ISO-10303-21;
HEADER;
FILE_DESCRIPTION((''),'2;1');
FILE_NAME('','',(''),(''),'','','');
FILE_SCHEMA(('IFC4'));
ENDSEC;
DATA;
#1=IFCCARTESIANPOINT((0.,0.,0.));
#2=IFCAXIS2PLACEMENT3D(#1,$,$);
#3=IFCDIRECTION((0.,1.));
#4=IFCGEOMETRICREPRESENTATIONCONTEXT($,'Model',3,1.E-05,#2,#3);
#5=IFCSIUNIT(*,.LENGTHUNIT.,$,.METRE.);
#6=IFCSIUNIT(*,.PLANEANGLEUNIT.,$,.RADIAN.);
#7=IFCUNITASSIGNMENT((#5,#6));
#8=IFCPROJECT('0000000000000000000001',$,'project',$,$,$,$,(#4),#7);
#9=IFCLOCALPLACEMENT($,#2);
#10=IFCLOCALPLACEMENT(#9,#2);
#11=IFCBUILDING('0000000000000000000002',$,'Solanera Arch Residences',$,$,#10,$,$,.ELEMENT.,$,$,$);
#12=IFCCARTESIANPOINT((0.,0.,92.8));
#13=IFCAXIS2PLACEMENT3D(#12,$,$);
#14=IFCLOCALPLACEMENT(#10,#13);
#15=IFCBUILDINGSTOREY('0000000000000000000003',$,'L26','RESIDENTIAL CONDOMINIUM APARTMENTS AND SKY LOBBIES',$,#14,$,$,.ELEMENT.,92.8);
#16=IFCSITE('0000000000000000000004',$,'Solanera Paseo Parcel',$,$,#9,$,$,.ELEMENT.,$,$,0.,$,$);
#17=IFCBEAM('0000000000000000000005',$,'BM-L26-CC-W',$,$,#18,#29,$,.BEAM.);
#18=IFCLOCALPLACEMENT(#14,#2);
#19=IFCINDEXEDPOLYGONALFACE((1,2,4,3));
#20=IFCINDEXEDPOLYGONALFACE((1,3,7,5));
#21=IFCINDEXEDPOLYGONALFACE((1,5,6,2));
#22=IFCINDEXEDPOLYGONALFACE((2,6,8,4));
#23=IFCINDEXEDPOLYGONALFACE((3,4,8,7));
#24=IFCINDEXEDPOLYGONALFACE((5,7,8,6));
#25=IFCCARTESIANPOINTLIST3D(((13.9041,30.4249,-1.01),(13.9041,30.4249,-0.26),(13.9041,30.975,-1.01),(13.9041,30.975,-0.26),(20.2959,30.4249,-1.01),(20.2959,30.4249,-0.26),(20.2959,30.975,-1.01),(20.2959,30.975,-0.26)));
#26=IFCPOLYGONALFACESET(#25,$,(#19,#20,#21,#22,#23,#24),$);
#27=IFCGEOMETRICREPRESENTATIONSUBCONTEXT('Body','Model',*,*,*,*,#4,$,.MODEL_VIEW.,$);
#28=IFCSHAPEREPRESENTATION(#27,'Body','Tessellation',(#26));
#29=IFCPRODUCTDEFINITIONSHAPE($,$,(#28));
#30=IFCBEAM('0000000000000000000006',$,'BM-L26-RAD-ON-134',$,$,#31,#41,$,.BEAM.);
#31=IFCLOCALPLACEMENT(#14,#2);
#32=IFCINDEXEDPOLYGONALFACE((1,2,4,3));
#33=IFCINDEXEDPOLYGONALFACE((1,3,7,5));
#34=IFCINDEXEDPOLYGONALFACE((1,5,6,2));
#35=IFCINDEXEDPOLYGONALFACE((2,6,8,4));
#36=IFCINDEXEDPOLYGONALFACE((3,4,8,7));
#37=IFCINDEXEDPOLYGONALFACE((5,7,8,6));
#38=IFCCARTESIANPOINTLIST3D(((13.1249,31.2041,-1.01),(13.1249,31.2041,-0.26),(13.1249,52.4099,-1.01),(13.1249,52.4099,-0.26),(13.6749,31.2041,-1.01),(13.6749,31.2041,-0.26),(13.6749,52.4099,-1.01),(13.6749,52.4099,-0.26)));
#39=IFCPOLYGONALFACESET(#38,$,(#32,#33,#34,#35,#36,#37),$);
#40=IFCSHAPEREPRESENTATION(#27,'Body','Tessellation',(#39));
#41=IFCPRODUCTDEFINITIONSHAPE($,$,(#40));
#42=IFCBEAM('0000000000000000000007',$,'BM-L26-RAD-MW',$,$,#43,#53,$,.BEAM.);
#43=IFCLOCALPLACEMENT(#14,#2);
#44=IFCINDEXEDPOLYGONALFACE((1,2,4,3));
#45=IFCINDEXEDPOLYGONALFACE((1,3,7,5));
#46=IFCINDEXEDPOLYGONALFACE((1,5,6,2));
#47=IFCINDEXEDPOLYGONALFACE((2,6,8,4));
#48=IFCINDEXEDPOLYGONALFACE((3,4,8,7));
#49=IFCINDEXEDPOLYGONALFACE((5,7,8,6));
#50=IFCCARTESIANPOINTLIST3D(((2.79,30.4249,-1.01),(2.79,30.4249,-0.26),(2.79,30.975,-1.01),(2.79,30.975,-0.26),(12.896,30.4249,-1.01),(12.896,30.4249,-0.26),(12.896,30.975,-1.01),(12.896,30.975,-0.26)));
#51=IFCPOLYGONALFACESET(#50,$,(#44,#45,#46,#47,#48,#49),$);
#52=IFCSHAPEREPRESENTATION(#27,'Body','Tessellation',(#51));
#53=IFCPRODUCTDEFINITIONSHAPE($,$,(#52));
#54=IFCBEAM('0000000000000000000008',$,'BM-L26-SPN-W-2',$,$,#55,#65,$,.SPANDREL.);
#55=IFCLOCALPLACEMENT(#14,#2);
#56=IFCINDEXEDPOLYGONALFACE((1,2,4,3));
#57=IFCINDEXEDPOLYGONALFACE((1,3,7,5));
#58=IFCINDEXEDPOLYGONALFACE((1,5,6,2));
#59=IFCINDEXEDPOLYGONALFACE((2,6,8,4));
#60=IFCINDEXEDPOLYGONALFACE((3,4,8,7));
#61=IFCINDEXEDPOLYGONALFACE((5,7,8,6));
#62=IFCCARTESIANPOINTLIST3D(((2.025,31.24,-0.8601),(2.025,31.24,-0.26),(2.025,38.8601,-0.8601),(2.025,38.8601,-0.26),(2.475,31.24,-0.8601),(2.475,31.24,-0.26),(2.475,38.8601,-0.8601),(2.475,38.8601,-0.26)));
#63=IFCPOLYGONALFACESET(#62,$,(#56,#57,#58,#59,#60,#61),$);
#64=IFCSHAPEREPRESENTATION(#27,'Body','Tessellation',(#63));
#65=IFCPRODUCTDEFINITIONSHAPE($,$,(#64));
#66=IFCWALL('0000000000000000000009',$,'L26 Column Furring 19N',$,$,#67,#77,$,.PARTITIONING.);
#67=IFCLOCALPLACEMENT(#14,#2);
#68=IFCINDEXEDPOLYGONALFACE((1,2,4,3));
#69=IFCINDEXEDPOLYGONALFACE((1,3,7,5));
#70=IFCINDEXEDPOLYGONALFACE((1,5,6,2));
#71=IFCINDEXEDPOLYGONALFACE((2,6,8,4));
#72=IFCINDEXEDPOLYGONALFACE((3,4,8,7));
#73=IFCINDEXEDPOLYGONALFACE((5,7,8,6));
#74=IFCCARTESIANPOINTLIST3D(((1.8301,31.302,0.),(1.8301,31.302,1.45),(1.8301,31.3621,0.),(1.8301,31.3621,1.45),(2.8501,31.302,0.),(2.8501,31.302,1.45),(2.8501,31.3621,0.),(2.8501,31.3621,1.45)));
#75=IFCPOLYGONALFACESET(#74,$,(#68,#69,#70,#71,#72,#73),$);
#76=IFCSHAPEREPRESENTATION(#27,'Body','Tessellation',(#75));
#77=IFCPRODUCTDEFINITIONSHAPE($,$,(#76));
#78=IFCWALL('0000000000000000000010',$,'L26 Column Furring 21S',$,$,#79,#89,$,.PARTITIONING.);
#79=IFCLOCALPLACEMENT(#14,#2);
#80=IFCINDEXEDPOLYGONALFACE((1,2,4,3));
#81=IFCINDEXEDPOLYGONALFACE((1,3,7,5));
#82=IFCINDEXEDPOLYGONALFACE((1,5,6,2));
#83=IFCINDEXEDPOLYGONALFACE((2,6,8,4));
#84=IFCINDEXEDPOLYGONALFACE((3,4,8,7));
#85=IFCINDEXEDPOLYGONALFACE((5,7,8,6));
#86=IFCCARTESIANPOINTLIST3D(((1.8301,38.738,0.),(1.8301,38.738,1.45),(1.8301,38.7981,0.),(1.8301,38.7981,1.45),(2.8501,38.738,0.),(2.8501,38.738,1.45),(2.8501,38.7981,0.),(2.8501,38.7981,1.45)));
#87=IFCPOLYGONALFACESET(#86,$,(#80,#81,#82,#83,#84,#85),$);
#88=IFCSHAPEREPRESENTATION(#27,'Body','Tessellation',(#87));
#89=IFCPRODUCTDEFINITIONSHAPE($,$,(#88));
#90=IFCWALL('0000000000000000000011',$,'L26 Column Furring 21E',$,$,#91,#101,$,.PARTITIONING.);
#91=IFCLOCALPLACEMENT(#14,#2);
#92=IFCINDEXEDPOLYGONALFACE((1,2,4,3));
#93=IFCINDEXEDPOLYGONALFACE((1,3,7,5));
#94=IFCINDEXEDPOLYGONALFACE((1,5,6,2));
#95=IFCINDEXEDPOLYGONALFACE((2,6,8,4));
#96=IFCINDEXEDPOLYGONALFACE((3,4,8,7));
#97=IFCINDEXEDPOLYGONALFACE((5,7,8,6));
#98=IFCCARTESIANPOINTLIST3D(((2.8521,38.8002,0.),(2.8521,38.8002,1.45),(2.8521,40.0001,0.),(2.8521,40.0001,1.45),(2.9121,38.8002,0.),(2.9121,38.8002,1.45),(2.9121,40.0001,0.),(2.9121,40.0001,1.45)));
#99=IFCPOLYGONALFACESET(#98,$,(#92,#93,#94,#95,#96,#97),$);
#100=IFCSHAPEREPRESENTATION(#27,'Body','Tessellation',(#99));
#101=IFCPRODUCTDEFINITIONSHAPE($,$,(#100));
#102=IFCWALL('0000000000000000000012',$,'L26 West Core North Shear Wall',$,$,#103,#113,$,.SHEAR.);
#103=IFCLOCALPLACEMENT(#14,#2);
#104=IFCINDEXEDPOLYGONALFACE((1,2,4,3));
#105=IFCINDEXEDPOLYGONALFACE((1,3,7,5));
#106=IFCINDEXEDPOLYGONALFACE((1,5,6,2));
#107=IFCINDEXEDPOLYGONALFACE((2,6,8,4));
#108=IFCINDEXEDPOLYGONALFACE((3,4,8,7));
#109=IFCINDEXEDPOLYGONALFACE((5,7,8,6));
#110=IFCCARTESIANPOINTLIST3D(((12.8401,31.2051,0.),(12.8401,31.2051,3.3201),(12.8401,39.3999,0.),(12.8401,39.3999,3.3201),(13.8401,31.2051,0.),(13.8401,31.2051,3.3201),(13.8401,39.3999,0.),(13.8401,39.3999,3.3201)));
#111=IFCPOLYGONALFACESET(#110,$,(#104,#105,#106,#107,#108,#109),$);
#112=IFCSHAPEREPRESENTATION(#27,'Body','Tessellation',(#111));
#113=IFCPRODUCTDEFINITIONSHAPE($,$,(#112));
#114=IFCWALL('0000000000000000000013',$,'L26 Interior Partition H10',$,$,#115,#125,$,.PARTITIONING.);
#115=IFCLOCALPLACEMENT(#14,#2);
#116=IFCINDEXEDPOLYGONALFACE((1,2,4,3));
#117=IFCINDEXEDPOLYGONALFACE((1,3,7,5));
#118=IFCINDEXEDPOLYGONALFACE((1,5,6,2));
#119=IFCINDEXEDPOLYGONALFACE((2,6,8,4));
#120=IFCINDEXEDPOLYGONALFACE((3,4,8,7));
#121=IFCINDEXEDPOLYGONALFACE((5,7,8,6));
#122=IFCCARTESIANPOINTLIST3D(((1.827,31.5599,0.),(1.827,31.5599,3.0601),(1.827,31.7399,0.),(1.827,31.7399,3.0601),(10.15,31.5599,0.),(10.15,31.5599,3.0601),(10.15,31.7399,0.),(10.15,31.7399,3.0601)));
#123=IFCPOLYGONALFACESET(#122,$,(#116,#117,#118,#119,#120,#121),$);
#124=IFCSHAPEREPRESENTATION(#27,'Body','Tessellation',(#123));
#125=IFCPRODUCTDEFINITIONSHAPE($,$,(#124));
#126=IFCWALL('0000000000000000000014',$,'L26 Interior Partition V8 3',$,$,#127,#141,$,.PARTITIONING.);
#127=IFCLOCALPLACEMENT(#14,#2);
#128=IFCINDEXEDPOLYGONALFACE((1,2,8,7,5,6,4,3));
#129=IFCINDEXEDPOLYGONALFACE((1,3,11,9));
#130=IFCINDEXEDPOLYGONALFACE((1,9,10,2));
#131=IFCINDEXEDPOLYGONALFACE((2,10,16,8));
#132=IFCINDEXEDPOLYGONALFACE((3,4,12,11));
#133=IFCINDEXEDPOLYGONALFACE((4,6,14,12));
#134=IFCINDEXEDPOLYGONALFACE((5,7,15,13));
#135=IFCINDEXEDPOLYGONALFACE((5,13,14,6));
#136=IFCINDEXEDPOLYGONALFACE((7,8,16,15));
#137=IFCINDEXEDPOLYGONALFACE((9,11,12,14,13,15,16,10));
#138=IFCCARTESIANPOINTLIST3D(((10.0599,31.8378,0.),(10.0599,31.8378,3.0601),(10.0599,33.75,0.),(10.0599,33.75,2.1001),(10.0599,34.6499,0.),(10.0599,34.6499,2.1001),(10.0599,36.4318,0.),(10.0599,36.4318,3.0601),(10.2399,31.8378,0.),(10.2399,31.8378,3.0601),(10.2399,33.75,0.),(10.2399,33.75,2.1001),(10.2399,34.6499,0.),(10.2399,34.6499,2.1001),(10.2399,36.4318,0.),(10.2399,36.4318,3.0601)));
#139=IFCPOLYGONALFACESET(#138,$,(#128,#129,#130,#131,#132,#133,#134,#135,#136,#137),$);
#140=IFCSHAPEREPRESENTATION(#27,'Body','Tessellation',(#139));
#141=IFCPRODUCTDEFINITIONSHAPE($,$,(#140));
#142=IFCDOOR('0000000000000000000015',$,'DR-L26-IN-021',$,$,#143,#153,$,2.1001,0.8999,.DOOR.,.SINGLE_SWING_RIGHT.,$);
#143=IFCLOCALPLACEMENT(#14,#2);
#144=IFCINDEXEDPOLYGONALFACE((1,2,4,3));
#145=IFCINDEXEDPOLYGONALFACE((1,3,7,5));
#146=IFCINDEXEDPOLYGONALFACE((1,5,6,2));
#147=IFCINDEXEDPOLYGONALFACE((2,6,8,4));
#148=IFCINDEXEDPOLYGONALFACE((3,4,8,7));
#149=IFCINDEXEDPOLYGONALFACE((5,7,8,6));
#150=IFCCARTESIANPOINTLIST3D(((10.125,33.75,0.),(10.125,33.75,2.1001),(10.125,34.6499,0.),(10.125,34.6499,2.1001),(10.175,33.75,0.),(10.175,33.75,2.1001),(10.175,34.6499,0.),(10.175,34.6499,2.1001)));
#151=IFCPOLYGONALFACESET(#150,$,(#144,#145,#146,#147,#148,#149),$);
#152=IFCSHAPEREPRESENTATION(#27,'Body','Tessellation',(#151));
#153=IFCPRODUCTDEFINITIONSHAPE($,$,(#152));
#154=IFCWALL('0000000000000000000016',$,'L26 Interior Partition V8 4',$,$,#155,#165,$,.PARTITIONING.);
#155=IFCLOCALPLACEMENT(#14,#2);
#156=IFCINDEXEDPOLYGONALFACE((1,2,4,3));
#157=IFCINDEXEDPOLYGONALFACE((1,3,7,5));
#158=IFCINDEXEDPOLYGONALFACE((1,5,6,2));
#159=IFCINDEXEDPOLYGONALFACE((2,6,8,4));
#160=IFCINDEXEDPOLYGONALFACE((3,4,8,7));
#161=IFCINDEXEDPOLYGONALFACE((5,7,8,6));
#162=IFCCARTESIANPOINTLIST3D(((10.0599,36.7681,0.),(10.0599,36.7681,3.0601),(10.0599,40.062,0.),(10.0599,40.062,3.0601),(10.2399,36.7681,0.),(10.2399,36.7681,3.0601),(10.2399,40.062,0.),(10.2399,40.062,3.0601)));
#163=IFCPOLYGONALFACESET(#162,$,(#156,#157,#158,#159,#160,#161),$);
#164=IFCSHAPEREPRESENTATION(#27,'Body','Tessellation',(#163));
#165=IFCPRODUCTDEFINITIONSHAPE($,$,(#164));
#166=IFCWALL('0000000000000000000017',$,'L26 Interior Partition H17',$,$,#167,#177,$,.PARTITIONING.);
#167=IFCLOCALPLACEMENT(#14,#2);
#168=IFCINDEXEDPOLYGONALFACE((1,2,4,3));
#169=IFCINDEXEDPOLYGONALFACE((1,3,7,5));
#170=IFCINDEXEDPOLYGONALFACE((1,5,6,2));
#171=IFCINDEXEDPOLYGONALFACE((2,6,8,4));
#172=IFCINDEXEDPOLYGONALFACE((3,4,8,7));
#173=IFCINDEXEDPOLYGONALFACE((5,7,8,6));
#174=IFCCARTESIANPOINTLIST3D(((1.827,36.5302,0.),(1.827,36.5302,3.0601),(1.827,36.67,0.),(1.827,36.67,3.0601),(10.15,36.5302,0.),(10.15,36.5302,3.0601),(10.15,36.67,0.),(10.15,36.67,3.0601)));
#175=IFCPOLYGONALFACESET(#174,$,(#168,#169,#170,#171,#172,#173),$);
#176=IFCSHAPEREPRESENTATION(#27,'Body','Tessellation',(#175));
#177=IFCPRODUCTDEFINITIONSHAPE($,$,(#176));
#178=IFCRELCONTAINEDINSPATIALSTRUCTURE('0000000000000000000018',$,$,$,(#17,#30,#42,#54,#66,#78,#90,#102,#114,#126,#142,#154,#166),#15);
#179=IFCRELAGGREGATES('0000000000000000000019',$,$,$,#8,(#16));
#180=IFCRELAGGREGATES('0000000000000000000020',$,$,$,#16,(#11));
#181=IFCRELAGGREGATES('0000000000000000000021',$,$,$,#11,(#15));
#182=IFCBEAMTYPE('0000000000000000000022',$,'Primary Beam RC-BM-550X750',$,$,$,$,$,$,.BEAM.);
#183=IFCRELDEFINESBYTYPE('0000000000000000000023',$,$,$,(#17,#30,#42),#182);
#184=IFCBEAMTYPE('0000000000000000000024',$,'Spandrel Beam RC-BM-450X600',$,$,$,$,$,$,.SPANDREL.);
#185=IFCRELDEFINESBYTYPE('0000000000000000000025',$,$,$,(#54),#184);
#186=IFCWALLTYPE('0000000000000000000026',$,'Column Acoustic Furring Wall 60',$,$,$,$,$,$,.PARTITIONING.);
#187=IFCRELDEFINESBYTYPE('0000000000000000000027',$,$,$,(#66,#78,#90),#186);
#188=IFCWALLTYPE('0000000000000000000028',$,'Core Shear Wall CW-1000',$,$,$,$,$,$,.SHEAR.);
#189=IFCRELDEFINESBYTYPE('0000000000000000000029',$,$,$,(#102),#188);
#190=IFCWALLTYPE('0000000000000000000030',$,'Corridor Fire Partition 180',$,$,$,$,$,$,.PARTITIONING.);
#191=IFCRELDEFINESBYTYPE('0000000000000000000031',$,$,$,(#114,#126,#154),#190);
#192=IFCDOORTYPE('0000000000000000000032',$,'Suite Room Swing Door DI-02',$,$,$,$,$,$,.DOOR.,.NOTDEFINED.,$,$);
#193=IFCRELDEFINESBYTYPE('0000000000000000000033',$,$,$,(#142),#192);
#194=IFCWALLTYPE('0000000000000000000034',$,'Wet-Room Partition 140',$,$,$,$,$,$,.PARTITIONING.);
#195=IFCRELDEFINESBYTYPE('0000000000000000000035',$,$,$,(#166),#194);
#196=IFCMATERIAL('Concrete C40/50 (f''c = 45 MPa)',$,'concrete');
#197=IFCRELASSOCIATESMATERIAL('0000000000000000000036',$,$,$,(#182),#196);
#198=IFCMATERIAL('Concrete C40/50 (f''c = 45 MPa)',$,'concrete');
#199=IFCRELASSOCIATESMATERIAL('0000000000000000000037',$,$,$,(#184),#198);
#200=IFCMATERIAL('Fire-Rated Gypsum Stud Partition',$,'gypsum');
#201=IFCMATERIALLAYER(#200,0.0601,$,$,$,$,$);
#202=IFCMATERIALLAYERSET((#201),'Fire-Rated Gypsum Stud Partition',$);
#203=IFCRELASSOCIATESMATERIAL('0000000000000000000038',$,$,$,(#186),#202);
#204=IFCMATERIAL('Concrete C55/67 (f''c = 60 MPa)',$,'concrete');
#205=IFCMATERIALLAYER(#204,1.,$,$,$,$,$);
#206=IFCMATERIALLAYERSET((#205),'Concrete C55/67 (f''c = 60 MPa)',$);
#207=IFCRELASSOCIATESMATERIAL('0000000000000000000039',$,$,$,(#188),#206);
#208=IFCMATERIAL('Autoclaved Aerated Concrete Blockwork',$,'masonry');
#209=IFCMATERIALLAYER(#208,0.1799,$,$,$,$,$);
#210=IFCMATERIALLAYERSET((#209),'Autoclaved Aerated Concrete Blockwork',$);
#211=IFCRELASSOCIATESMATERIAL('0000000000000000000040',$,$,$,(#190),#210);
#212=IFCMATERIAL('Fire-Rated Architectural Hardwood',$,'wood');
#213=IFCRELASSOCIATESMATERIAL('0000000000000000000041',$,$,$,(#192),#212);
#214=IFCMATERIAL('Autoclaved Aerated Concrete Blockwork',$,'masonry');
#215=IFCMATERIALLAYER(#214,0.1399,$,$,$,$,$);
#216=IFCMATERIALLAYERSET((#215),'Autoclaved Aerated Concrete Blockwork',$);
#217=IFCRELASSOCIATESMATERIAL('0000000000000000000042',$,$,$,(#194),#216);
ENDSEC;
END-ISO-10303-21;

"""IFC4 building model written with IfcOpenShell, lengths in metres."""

from ifc_helpers import new_model, si_unit, direction, frame, frame_2d, origin, origin_2d, place, context, subcontext, project, spatial, rectangle, extrude, material, layer, layer_set, material_profile, profile_set, type_object, element, fill, save


model = new_model("IFC4")

# Units and contexts
model_context = context("Model", 3, precision=1e-05, world=origin(), true_north=direction((0.0, 1.0)))
body_context = subcontext(model_context, "Body", "Model", "MODEL_VIEW")
ifc_project = project(units=[si_unit("LENGTHUNIT", "METRE"), si_unit("PLANEANGLEUNIT", "RADIAN")], contexts=[model_context])

# Site, building, storey
site_placement = place(None, origin())
site = spatial("IfcSite", under=ifc_project, at=site_placement, Name="Solanera Paseo Parcel", CompositionType="ELEMENT", RefElevation=0.0)
building_placement = place(site_placement, origin())
building = spatial("IfcBuilding", under=site, at=building_placement, Name="Solanera Arch Residences", CompositionType="ELEMENT")
storey_placement = place(building_placement, frame((0.0, 0.0, 92.8)))
storey = spatial("IfcBuildingStorey", under=building, at=storey_placement, Name="L26", Description="RESIDENTIAL CONDOMINIUM APARTMENTS AND SKY LOBBIES", CompositionType="ELEMENT", Elevation=92.8)

# Beams
ifc_material_1 = material(Name="Concrete C40/50 (f'c = 45 MPa)", Category="concrete")
ifc_material_profile_1 = material_profile(ifc_material_1, rectangle(XDim=0.55, YDim=0.75, at=origin_2d()))
ifc_profile_set_1 = profile_set([ifc_material_profile_1], Name="Concrete C40/50 (f'c = 45 MPa)")
beam_type_1 = type_object("IfcBeamType", Name="Primary Beam RC-BM-550X750", PredefinedType="BEAM", material=ifc_profile_set_1)
beam_1_placement = place(storey_placement, frame((13.9041, 30.7, -0.635), z_axis=(1.0, 0.0, 0.0), x_axis=(0.0, 1.0, 0.0)))
element("IfcBeam", 1, at=beam_1_placement, inside=storey, type_object=beam_type_1, Name="BM-L26-CC-W", PredefinedType="BEAM", context=body_context, shape_type="SweptSolid", body=[
    extrude(rectangle(XDim=0.55, YDim=0.75, at=origin_2d()), origin(), (0.0, 0.0, 1.0), 6.3918),
])
beam_2_placement = place(storey_placement, frame((13.3999, 31.2041, -0.635), z_axis=(0.0, 1.0, 0.0), x_axis=(-1.0, 0.0, 0.0)))
element("IfcBeam", 2, at=beam_2_placement, inside=storey, type_object=beam_type_1, Name="BM-L26-RAD-ON-134", PredefinedType="BEAM", context=body_context, shape_type="SweptSolid", body=[
    extrude(rectangle(XDim=0.55, YDim=0.75, at=origin_2d()), origin(), (0.0, 0.0, 1.0), 21.2058),
])
beam_3_placement = place(storey_placement, frame((2.79, 30.7, -0.635), z_axis=(1.0, 0.0, 0.0), x_axis=(0.0, 1.0, 0.0)))
element("IfcBeam", 3, at=beam_3_placement, inside=storey, type_object=beam_type_1, Name="BM-L26-RAD-MW", PredefinedType="BEAM", context=body_context, shape_type="SweptSolid", body=[
    extrude(rectangle(XDim=0.55, YDim=0.75, at=origin_2d()), origin(), (0.0, 0.0, 1.0), 10.106),
])
ifc_material_2 = material(Name="Concrete C40/50 (f'c = 45 MPa)", Category="concrete")
ifc_material_profile_2 = material_profile(ifc_material_2, rectangle(XDim=0.45, YDim=0.6001, at=origin_2d()))
ifc_profile_set_2 = profile_set([ifc_material_profile_2], Name="Concrete C40/50 (f'c = 45 MPa)")
beam_type_2 = type_object("IfcBeamType", Name="Spandrel Beam RC-BM-450X600", PredefinedType="SPANDREL", material=ifc_profile_set_2)
beam_4_placement = place(storey_placement, frame((2.25, 31.24, -0.5601), z_axis=(0.0, 1.0, 0.0), x_axis=(-1.0, 0.0, 0.0)))
element("IfcBeam", 4, at=beam_4_placement, inside=storey, type_object=beam_type_2, Name="BM-L26-SPN-W-2", PredefinedType="SPANDREL", context=body_context, shape_type="SweptSolid", body=[
    extrude(rectangle(XDim=0.45, YDim=0.6001, at=origin_2d()), origin(), (0.0, 0.0, 1.0), 7.6201),
])

# Walls
ifc_material_3 = material(Name="Fire-Rated Gypsum Stud Partition", Category="gypsum")
ifc_layer_1 = layer(ifc_material_3, 0.0601)
ifc_layer_set_1 = layer_set([ifc_layer_1], Name="Fire-Rated Gypsum Stud Partition")
wall_type_1 = type_object("IfcWallType", Name="Column Acoustic Furring Wall 60", PredefinedType="PARTITIONING", material=ifc_layer_set_1)
for number, where, z_axis, x_axis, name in (
    (5, (1.8301, 31.332, 0.0), (0.0, 0.0, 1.0), (1.0, 0.0, 0.0), "L26 Column Furring 19N"),
    (6, (1.8301, 38.7681, 0.0), (0.0, 0.0, 1.0), (1.0, 0.0, 0.0), "L26 Column Furring 21S"),
):
    element("IfcWall", number, at=place(storey_placement, frame(where, z_axis=z_axis, x_axis=x_axis)), inside=storey, type_object=wall_type_1, Name=name, PredefinedType="PARTITIONING", context=body_context, shape_type="SweptSolid", body=[
        extrude(rectangle(XDim=1.02, YDim=0.0601, at=frame_2d((0.51, 0.0))), origin(), (0.0, 0.0, 1.0), 1.45),
    ])
wall_1_placement = place(storey_placement, frame((2.8821, 38.8, 0.0), z_axis=(0.0, 0.0, 1.0), x_axis=(0.0, 1.0, 0.0)))
element("IfcWall", 7, at=wall_1_placement, inside=storey, type_object=wall_type_1, Name="L26 Column Furring 21E", PredefinedType="PARTITIONING", context=body_context, shape_type="SweptSolid", body=[
    extrude(rectangle(XDim=1.2, YDim=0.0601, at=frame_2d((0.6001, 0.0))), origin(), (0.0, 0.0, 1.0), 1.45),
])
ifc_material_4 = material(Name="Concrete C55/67 (f'c = 60 MPa)", Category="concrete")
ifc_layer_2 = layer(ifc_material_4, 1.0)
ifc_layer_set_2 = layer_set([ifc_layer_2], Name="Concrete C55/67 (f'c = 60 MPa)")
wall_type_2 = type_object("IfcWallType", Name="Core Shear Wall CW-1000", PredefinedType="SHEAR", material=ifc_layer_set_2)
wall_2_placement = place(storey_placement, frame((13.3401, 31.2051, 0.0), z_axis=(0.0, 0.0, 1.0), x_axis=(0.0, 1.0, 0.0)))
element("IfcWall", 8, at=wall_2_placement, inside=storey, type_object=wall_type_2, Name="L26 West Core North Shear Wall", PredefinedType="SHEAR", context=body_context, shape_type="SweptSolid", body=[
    extrude(rectangle(XDim=8.1948, YDim=1.0, at=frame_2d((4.0974, 0.0))), origin(), (0.0, 0.0, 1.0), 3.3201),
])
ifc_material_5 = material(Name="Autoclaved Aerated Concrete Blockwork", Category="masonry")
ifc_layer_3 = layer(ifc_material_5, 0.1799)
ifc_layer_set_3 = layer_set([ifc_layer_3], Name="Autoclaved Aerated Concrete Blockwork")
wall_type_3 = type_object("IfcWallType", Name="Corridor Fire Partition 180", PredefinedType="PARTITIONING", material=ifc_layer_set_3)
wall_3_placement = place(storey_placement, frame((1.8269, 31.6499, 0.0), z_axis=(0.0, 0.0, 1.0), x_axis=(1.0, 0.0, 0.0)))
element("IfcWall", 9, at=wall_3_placement, inside=storey, type_object=wall_type_3, Name="L26 Interior Partition H10", PredefinedType="PARTITIONING", context=body_context, shape_type="SweptSolid", body=[
    extrude(rectangle(XDim=8.323, YDim=0.1799, at=frame_2d((4.1616, 0.0))), origin(), (0.0, 0.0, 1.0), 3.0601),
])

# Wall, opening, door
wall_4_placement = place(storey_placement, frame((10.1499, 31.8379, 0.0), z_axis=(0.0, 0.0, 1.0), x_axis=(0.0, 1.0, 0.0)))
wall_4 = element("IfcWall", 10, at=wall_4_placement, inside=storey, type_object=wall_type_3, Name="L26 Interior Partition V8 3", PredefinedType="PARTITIONING", context=body_context, shape_type="SweptSolid", body=[
    extrude(rectangle(XDim=4.594, YDim=0.1799, at=frame_2d((2.2969, 0.0))), origin(), (0.0, 0.0, 1.0), 3.0601),
])
opening_placement = place(wall_4_placement, frame((1.9121, 0.0, 0.0)))
opening = element("IfcOpeningElement", 11, at=opening_placement, cuts=wall_4, PredefinedType="OPENING", context=body_context, shape_type="SweptSolid", body=[
    extrude(rectangle(XDim=0.8999, YDim=2.1001, at=frame_2d((0.45, 1.05))), frame((0.0, 0.1001, 0.0), z_axis=(0.0, -1.0, 0.0), x_axis=(1.0, 0.0, 0.0)), (0.0, 0.0, 1.0), 0.1999),
])
ifc_material_6 = material(Name="Fire-Rated Architectural Hardwood", Category="wood")
door_type = type_object("IfcDoorType", Name="Suite Room Swing Door DI-02", OperationType="NOTDEFINED", PredefinedType="DOOR", material=ifc_material_6)
door_placement = place(opening_placement, origin())
door = element("IfcDoor", 12, at=door_placement, inside=storey, type_object=door_type, Name="DR-L26-IN-021", OperationType="SINGLE_SWING_RIGHT", OverallHeight=2.1001, OverallWidth=0.8999, PredefinedType="DOOR", context=body_context, shape_type="SweptSolid", body=[
    extrude(rectangle(XDim=0.8999, YDim=2.1001, at=frame_2d((0.45, 1.05))), frame((0.0, 0.0249, 0.0), z_axis=(0.0, -1.0, 0.0), x_axis=(1.0, 0.0, 0.0)), (0.0, 0.0, 1.0), 0.05),
])
fill(opening, door)

# Walls
wall_5_placement = place(storey_placement, frame((10.1499, 36.7681, 0.0), z_axis=(0.0, 0.0, 1.0), x_axis=(0.0, 1.0, 0.0)))
element("IfcWall", 13, at=wall_5_placement, inside=storey, type_object=wall_type_3, Name="L26 Interior Partition V8 4", PredefinedType="PARTITIONING", context=body_context, shape_type="SweptSolid", body=[
    extrude(rectangle(XDim=3.2939, YDim=0.1799, at=frame_2d((1.647, 0.0))), origin(), (0.0, 0.0, 1.0), 3.0601),
])
ifc_material_7 = material(Name="Autoclaved Aerated Concrete Blockwork", Category="masonry")
ifc_layer_4 = layer(ifc_material_7, 0.1399)
ifc_layer_set_4 = layer_set([ifc_layer_4], Name="Autoclaved Aerated Concrete Blockwork")
wall_type_4 = type_object("IfcWallType", Name="Wet-Room Partition 140", PredefinedType="PARTITIONING", material=ifc_layer_set_4)
wall_6_placement = place(storey_placement, frame((1.8269, 36.6001, 0.0), z_axis=(0.0, 0.0, 1.0), x_axis=(1.0, 0.0, 0.0)))
element("IfcWall", 14, at=wall_6_placement, inside=storey, type_object=wall_type_4, Name="L26 Interior Partition H17", PredefinedType="PARTITIONING", context=body_context, shape_type="SweptSolid", body=[
    extrude(rectangle(XDim=8.323, YDim=0.1399, at=frame_2d((4.1616, 0.0))), origin(), (0.0, 0.0, 1.0), 3.0601),
])

save(model, "model.ifc")
